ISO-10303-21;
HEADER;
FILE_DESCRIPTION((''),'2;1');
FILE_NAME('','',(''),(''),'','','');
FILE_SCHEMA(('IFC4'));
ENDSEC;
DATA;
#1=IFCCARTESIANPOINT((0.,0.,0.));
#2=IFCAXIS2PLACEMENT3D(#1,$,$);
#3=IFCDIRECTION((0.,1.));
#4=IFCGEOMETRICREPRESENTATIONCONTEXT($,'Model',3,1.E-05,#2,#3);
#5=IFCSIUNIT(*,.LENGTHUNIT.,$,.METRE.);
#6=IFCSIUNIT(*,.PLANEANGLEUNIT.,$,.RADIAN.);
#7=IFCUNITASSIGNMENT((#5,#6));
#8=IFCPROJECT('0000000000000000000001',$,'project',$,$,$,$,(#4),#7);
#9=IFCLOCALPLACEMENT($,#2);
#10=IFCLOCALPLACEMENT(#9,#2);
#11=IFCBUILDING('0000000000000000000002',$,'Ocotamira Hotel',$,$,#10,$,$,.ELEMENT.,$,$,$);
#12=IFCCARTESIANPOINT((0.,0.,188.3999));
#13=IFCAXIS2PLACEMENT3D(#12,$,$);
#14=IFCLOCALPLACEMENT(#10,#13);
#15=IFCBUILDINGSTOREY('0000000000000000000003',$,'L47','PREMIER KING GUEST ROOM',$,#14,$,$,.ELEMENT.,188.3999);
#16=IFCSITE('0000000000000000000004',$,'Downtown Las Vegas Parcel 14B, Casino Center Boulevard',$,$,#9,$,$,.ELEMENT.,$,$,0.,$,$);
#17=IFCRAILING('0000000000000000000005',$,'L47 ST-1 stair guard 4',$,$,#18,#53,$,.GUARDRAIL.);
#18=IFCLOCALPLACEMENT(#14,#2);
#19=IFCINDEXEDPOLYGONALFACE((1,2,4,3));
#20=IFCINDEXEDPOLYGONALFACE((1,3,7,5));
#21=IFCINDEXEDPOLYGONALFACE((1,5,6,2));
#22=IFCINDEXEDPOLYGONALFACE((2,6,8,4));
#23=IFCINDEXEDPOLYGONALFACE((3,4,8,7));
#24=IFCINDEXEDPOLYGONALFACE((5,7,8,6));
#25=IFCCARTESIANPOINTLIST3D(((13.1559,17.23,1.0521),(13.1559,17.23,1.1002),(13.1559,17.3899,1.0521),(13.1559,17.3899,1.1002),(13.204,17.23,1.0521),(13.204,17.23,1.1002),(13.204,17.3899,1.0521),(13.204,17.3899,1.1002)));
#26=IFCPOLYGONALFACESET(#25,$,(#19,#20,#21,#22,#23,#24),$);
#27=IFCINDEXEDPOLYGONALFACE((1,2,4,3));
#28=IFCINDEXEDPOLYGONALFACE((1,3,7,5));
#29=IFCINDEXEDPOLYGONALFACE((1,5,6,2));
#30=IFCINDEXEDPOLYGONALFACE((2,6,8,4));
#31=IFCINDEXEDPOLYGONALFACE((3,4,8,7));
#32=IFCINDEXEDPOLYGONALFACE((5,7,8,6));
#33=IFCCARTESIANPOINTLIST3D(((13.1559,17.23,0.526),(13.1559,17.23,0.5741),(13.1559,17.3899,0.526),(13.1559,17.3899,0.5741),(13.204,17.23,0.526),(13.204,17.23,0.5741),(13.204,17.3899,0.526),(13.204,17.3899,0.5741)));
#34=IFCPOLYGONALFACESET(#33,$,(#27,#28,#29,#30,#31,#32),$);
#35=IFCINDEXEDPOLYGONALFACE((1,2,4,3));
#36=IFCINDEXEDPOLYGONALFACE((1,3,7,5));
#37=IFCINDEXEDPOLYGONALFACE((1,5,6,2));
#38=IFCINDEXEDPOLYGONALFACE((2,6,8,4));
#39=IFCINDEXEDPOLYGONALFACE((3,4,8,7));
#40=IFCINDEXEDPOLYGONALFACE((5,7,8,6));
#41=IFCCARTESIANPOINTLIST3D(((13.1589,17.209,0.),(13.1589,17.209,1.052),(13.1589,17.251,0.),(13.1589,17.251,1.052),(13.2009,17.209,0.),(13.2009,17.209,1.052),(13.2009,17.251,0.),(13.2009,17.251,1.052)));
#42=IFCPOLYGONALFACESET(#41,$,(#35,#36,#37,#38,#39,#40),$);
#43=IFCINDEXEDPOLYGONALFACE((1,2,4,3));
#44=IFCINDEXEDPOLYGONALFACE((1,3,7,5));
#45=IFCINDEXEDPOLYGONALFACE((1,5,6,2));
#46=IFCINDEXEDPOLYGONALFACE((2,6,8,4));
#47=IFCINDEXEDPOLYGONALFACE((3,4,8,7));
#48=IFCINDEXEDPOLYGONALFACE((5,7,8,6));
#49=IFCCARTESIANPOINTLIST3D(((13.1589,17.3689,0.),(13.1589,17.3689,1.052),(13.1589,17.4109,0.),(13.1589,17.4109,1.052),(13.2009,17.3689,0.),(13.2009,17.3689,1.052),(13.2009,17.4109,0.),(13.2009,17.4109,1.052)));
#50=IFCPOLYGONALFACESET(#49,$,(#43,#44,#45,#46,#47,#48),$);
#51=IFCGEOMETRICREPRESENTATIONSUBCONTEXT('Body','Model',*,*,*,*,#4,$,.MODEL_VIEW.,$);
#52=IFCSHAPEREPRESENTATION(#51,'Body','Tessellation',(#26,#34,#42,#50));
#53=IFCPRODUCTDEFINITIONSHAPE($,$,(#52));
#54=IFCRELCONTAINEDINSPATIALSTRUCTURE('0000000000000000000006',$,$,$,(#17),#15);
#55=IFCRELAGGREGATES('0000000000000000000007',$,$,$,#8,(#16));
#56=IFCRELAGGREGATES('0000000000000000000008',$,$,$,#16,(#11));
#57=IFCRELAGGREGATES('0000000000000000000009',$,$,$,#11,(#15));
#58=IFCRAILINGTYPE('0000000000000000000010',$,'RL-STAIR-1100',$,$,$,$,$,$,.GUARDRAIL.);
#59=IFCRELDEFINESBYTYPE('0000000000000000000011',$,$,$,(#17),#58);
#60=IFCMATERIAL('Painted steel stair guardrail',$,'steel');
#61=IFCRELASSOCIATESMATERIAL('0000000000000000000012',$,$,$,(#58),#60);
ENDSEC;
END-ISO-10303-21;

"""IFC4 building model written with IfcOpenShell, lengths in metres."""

from ifc_helpers import new_model, si_unit, direction, frame, origin, origin_2d, place, context, subcontext, project, spatial, rectangle, extrude, material, type_object, element, save


model = new_model("IFC4")

# Units and contexts
model_context = context("Model", 3, precision=1e-05, world=origin(), true_north=direction((0.0, 1.0)))
body_context = subcontext(model_context, "Body", "Model", "MODEL_VIEW")
ifc_project = project(units=[si_unit("LENGTHUNIT", "METRE"), si_unit("PLANEANGLEUNIT", "RADIAN")], contexts=[model_context])

# Site, building, storey
site_placement = place(None, origin())
site = spatial("IfcSite", under=ifc_project, at=site_placement, Name="Downtown Las Vegas Parcel 14B, Casino Center Boulevard", CompositionType="ELEMENT", RefElevation=0.0)
building_placement = place(site_placement, origin())
building = spatial("IfcBuilding", under=site, at=building_placement, Name="Ocotamira Hotel", CompositionType="ELEMENT")
storey_placement = place(building_placement, frame((0.0, 0.0, 188.3999)))
storey = spatial("IfcBuildingStorey", under=building, at=storey_placement, Name="L47", Description="PREMIER KING GUEST ROOM", CompositionType="ELEMENT", Elevation=188.3999)

# Railing
ifc_material_1 = material(Name="Painted steel stair guardrail", Category="steel")
railing_type_1 = type_object("IfcRailingType", Name="RL-STAIR-1100", PredefinedType="GUARDRAIL", material=ifc_material_1)
railing_1_placement = place(storey_placement, frame((13.1799, 17.23, 0.0)))
element("IfcRailing", 1, at=railing_1_placement, inside=storey, type_object=railing_type_1, Name="L47 ST-1 stair guard 4", PredefinedType="GUARDRAIL", context=body_context, shape_type="SweptSolid", body=[
    extrude(rectangle(XDim=0.0481, YDim=0.0481, at=origin_2d()), frame((0.0, 0.0, 1.0762), z_axis=(0.0, 1.0, 0.0), x_axis=(-1.0, 0.0, 0.0)), (0.0, 0.0, 1.0), 0.1599),
    extrude(rectangle(XDim=0.0481, YDim=0.0481, at=origin_2d()), frame((0.0, 0.0, 0.55), z_axis=(0.0, 1.0, 0.0), x_axis=(-1.0, 0.0, 0.0)), (0.0, 0.0, 1.0), 0.1599),
    extrude(rectangle(XDim=0.042, YDim=0.042, at=origin_2d()), origin(), (0.0, 0.0, 1.0), 1.052),
    extrude(rectangle(XDim=0.042, YDim=0.042, at=origin_2d()), frame((0.0, 0.1599, 0.0)), (0.0, 0.0, 1.0), 1.052),
])

save(model, "model.ifc")
